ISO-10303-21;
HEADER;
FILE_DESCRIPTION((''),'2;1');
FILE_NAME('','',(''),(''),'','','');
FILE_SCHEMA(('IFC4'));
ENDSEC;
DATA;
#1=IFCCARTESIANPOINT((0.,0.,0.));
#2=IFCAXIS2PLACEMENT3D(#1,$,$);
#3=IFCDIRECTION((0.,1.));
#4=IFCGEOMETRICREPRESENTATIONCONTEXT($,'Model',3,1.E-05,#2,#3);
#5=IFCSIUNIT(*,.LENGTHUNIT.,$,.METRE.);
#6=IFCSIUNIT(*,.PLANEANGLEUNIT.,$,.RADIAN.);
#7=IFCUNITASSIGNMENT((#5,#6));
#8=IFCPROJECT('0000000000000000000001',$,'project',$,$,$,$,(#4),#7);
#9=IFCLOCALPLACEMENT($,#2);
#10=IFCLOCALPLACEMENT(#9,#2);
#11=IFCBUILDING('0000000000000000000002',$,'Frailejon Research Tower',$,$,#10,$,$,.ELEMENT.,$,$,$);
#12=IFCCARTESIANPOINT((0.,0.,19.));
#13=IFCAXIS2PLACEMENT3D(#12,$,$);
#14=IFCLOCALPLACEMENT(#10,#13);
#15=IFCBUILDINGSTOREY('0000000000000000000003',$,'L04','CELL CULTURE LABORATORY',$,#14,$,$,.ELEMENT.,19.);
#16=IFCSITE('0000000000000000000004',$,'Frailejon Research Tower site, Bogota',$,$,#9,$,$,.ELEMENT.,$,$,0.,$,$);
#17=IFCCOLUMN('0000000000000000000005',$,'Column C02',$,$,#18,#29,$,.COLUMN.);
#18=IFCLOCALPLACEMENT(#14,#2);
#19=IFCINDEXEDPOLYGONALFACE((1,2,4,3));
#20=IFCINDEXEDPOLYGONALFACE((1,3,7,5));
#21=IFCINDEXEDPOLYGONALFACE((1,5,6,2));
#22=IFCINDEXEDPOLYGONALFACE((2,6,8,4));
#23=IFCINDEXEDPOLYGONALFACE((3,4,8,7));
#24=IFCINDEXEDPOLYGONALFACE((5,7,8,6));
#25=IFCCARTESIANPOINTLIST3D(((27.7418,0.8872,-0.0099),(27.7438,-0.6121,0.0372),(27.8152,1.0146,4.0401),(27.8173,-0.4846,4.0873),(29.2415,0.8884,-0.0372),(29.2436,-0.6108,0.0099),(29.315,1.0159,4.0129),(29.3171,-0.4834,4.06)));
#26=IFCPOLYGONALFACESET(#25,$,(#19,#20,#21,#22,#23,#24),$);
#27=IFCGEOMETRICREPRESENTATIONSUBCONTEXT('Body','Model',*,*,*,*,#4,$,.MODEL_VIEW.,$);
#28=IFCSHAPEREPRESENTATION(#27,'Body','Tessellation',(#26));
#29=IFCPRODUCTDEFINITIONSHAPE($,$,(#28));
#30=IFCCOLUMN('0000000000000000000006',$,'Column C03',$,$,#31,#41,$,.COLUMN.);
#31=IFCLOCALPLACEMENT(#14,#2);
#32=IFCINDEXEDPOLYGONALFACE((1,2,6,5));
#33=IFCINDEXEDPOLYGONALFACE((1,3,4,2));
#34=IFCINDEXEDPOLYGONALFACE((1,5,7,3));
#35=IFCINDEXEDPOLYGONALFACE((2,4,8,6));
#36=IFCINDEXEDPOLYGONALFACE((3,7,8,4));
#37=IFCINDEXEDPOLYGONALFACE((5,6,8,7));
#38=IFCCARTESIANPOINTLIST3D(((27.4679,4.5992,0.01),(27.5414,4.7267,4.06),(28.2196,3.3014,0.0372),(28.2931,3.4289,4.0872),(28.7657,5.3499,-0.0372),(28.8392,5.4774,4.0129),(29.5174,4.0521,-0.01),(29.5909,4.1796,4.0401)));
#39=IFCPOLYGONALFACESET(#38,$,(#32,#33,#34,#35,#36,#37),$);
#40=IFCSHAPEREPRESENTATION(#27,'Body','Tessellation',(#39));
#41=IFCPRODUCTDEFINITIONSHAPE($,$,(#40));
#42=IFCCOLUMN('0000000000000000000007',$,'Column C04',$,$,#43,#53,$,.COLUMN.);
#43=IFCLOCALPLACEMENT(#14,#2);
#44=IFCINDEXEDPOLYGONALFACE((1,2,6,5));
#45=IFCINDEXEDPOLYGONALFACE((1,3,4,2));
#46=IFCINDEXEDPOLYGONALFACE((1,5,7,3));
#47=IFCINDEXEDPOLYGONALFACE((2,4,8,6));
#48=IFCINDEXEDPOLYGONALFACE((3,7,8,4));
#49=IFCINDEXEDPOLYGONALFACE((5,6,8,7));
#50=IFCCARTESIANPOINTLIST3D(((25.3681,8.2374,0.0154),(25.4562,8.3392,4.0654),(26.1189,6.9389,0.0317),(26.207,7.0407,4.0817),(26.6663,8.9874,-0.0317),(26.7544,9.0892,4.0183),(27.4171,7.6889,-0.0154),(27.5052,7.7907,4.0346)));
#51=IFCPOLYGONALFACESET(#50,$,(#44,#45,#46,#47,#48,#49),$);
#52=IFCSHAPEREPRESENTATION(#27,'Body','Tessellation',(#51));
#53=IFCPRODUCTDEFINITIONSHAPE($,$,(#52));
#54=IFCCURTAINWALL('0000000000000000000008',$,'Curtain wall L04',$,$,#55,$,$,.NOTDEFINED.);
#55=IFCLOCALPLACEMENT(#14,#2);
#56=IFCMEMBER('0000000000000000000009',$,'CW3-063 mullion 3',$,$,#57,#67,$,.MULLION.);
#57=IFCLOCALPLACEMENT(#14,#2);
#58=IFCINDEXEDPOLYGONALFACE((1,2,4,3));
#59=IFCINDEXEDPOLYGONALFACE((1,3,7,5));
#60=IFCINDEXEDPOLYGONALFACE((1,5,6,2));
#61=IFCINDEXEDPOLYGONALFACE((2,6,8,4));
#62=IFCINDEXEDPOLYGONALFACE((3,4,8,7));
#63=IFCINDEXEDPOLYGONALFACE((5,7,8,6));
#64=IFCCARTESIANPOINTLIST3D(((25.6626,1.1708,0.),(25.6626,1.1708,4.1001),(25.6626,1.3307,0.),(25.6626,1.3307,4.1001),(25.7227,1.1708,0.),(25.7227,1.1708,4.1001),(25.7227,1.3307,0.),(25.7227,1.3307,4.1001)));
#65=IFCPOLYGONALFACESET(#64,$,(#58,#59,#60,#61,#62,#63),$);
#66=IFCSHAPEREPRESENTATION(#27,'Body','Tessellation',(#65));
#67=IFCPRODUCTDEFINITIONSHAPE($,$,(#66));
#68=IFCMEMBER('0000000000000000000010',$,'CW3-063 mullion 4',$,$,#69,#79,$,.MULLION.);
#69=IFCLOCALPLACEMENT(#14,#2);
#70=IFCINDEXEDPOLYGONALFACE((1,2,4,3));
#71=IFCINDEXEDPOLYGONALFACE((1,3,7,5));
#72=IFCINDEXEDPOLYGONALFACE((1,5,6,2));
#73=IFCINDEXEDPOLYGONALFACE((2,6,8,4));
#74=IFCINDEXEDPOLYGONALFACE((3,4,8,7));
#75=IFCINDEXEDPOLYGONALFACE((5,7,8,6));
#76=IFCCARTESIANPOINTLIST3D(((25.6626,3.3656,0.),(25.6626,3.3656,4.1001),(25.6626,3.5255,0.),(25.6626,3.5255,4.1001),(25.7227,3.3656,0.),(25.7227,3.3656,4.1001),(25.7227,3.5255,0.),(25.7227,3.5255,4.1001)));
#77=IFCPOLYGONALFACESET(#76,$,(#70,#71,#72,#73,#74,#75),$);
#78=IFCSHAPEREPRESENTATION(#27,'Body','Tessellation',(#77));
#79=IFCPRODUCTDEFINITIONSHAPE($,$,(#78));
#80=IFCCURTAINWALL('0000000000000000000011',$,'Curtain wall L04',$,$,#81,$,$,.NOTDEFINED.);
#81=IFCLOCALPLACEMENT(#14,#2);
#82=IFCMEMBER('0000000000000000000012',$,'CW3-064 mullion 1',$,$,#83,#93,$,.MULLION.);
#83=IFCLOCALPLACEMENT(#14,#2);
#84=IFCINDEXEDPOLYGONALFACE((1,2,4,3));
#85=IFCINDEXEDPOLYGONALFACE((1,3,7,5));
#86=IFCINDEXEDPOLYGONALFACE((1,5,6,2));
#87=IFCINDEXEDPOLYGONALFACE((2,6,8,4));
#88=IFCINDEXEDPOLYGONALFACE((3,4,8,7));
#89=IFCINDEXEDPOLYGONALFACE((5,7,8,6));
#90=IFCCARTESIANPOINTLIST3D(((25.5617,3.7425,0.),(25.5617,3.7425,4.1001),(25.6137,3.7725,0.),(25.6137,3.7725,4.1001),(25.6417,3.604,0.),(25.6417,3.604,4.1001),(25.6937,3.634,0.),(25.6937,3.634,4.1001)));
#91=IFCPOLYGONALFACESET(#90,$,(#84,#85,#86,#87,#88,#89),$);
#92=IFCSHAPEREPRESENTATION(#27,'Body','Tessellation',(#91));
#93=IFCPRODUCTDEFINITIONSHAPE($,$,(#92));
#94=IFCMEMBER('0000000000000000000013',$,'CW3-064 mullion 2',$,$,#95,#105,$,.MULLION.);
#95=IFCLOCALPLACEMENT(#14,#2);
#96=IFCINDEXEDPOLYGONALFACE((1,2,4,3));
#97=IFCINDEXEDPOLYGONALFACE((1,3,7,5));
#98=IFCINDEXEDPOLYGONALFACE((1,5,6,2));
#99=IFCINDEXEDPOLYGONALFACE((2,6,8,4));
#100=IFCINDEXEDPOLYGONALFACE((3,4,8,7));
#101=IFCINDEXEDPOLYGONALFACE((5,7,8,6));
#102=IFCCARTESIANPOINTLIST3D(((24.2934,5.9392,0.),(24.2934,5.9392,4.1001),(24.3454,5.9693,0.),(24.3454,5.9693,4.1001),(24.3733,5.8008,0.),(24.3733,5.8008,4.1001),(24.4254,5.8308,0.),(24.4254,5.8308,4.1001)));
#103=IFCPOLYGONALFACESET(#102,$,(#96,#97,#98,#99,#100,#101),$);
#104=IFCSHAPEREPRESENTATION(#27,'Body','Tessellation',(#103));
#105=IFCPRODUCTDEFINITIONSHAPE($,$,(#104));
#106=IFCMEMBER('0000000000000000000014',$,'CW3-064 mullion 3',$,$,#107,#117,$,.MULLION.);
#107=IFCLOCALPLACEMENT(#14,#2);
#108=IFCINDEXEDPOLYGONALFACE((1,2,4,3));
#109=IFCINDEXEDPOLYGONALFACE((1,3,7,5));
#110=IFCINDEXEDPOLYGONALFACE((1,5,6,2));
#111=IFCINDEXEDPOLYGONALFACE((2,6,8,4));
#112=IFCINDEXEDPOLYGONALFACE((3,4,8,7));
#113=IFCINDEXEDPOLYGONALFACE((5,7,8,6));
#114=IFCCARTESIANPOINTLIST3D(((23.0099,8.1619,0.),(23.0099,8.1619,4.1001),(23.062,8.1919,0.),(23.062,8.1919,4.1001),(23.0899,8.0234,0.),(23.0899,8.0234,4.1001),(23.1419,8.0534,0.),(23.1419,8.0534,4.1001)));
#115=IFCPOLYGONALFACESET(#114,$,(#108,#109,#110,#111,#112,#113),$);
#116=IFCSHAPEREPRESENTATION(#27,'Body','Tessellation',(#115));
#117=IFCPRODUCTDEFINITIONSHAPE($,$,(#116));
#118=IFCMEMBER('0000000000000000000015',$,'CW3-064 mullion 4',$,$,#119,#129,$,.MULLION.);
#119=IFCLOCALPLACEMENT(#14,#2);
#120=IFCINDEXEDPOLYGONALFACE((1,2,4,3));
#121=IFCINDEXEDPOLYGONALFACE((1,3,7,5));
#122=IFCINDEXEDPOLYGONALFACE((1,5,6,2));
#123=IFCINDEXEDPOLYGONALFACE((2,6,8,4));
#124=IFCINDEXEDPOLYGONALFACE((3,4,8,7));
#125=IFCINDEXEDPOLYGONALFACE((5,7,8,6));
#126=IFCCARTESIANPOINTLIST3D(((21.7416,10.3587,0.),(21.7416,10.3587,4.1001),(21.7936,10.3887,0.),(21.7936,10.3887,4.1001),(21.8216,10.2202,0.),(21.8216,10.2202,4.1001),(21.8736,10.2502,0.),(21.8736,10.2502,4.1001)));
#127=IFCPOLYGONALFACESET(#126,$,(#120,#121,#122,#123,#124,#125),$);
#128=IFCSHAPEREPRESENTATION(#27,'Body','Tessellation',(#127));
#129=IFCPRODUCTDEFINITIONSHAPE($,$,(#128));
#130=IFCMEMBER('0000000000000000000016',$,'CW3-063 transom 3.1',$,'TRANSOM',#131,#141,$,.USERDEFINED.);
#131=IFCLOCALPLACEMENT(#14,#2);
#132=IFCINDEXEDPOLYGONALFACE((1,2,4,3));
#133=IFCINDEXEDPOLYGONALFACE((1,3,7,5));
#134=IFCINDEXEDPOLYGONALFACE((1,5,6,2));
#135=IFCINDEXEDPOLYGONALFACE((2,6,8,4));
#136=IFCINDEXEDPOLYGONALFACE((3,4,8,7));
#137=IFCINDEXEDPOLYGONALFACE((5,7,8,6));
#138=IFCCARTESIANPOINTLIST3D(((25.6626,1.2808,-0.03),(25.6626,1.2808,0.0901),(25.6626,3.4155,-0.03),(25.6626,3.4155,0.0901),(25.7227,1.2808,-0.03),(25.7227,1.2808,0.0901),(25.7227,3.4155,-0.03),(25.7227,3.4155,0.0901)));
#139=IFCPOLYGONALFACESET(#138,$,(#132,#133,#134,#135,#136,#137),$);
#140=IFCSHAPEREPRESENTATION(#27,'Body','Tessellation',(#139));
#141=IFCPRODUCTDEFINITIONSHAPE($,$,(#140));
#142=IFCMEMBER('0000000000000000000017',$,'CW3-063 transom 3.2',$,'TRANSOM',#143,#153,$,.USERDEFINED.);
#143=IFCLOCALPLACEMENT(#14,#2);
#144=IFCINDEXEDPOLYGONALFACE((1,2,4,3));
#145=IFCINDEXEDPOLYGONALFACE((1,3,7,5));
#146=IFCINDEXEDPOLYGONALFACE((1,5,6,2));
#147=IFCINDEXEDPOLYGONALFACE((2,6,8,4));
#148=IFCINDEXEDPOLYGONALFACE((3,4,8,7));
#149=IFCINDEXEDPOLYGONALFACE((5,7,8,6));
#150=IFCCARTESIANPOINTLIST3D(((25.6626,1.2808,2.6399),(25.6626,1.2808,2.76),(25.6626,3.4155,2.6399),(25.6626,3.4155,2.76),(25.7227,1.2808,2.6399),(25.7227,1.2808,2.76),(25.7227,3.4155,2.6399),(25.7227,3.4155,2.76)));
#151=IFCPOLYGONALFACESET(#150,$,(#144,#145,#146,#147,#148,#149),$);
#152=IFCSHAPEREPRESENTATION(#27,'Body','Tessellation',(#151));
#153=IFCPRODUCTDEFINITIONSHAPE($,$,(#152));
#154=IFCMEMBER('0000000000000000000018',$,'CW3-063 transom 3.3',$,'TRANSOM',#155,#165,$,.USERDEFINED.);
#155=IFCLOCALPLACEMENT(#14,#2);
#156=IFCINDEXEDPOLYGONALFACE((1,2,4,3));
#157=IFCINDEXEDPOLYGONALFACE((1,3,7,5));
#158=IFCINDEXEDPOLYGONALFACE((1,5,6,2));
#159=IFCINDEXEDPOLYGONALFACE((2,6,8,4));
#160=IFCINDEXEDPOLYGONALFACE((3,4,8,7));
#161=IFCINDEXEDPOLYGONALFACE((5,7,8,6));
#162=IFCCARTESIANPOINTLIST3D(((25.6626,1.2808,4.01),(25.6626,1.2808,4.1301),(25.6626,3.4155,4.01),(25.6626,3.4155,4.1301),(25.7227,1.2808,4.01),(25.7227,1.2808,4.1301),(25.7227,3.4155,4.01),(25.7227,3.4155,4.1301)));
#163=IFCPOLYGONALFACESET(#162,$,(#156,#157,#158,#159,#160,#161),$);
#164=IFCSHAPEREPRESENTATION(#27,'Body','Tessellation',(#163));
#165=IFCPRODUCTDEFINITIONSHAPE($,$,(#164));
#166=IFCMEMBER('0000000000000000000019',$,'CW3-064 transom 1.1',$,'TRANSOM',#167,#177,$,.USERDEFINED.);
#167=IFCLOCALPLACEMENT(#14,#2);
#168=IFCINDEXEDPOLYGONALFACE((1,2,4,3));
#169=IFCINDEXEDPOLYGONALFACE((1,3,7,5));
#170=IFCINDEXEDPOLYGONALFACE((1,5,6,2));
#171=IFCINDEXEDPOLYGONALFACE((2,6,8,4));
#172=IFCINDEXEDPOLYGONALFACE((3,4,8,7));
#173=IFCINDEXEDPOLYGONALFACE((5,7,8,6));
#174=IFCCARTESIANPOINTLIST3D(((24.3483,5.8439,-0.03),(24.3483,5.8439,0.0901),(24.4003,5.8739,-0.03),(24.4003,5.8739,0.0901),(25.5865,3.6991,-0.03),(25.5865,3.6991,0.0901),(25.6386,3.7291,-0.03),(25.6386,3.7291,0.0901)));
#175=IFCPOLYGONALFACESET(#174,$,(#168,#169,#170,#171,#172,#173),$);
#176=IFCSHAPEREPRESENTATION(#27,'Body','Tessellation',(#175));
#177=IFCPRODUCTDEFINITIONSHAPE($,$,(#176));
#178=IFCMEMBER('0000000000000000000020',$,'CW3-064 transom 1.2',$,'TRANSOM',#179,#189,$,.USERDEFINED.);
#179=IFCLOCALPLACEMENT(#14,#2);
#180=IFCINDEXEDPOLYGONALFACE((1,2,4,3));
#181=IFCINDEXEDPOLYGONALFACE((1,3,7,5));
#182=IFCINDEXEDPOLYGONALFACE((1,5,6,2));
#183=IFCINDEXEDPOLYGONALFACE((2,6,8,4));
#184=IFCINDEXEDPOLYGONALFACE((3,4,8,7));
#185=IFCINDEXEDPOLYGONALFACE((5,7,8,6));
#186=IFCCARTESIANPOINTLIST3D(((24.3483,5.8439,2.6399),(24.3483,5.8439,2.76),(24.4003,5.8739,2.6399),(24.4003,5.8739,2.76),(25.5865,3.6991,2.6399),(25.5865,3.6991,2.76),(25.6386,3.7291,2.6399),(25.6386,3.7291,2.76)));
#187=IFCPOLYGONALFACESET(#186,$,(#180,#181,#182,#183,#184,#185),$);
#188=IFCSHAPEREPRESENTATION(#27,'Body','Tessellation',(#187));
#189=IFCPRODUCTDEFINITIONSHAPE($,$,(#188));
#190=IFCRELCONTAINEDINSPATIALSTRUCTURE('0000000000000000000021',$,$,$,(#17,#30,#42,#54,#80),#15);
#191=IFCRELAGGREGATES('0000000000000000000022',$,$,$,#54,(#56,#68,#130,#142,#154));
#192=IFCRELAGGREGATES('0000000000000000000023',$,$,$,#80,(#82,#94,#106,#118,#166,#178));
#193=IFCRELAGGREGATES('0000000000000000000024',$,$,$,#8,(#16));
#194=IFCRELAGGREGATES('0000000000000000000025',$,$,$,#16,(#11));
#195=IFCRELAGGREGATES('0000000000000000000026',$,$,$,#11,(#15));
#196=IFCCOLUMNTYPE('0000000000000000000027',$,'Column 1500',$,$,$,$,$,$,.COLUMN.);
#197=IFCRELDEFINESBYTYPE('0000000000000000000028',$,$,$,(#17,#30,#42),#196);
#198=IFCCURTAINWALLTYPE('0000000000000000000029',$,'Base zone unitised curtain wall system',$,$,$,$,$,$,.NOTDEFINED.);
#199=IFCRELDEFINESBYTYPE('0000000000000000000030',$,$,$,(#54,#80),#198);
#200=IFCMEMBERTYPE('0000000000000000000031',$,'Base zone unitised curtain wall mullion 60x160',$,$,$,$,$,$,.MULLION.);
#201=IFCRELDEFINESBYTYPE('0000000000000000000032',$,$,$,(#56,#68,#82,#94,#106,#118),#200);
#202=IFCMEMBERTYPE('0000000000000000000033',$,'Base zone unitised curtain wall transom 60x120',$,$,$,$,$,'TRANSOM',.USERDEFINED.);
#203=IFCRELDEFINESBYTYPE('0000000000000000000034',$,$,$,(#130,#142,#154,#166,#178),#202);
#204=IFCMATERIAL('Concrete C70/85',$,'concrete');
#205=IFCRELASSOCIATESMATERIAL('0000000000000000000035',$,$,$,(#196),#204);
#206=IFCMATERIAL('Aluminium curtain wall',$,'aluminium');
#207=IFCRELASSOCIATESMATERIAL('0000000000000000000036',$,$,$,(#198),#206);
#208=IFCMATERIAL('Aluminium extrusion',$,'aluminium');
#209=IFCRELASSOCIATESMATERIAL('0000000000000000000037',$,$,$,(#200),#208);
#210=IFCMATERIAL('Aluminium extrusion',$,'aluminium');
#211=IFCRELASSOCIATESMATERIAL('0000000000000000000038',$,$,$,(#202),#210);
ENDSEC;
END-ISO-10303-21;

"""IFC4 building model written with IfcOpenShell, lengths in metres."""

from ifc_helpers import new_model, si_unit, direction, frame, origin, origin_2d, place, context, subcontext, project, spatial, rectangle, extrude, material, material_profile, profile_set, type_object, element, aggregate, save


model = new_model("IFC4")

# Units and contexts
model_context = context("Model", 3, precision=1e-05, world=origin(), true_north=direction((0.0, 1.0)))
body_context = subcontext(model_context, "Body", "Model", "MODEL_VIEW")
ifc_project = project(units=[si_unit("LENGTHUNIT", "METRE"), si_unit("PLANEANGLEUNIT", "RADIAN")], contexts=[model_context])

# Site, building, storey
site_placement = place(None, origin())
site = spatial("IfcSite", under=ifc_project, at=site_placement, Name="Frailejon Research Tower site, Bogota", CompositionType="ELEMENT", RefElevation=0.0)
building_placement = place(site_placement, origin())
building = spatial("IfcBuilding", under=site, at=building_placement, Name="Frailejon Research Tower", CompositionType="ELEMENT")
storey_placement = place(building_placement, frame((0.0, 0.0, 19.0)))
storey = spatial("IfcBuildingStorey", under=building, at=storey_placement, Name="L04", Description="CELL CULTURE LABORATORY", CompositionType="ELEMENT", Elevation=19.0)

# Columns
ifc_material_1 = material(Name="Concrete C70/85", Category="concrete")
ifc_material_profile_1 = material_profile(ifc_material_1, rectangle(XDim=1.5, YDim=1.5, at=origin_2d()), Name="Column 1500")
ifc_profile_set_1 = profile_set([ifc_material_profile_1], Name="Concrete C70/85")
column_type = type_object("IfcColumnType", Name="Column 1500", PredefinedType="COLUMN", material=ifc_profile_set_1)
for number, where, z_axis, x_axis, name in (
    (1, (28.4927, 0.1382, 0.0), (0.018133, 0.031446, 0.999341), (-0.001396, 0.999505, -0.031426), "Column C02"),
    (2, (28.4927, 4.3257, 0.0), (0.018133, 0.031446, 0.999341), (-0.501126, 0.865184, -0.018132), "Column C03"),
):
    element("IfcColumn", number, at=place(storey_placement, frame(where, z_axis=z_axis, x_axis=x_axis)), inside=storey, type_object=column_type, Name=name, PredefinedType="COLUMN", context=body_context, shape_type="SweptSolid", body=[
        extrude(rectangle(XDim=1.5, YDim=1.5, at=origin_2d()), origin(), (0.0, 0.0, 1.0), 4.0527),
    ])
column_placement = place(storey_placement, frame((26.3926, 7.9631, 0.0), z_axis=(0.021749, 0.025123, 0.999448), x_axis=(-0.500502, 0.865667, -0.010869)))
element("IfcColumn", 3, at=column_placement, inside=storey, type_object=column_type, Name="Column C04", PredefinedType="COLUMN", context=body_context, shape_type="SweptSolid", body=[
    extrude(rectangle(XDim=1.5, YDim=1.5, at=origin_2d()), origin(), (0.0, 0.0, 1.0), 4.0522),
])

# Curtain walls, members
ifc_material_2 = material(Name="Aluminium curtain wall", Category="aluminium")
curtain_wall_type = type_object("IfcCurtainWallType", Name="Base zone unitised curtain wall system", PredefinedType="NOTDEFINED", material=ifc_material_2)
curtain_wall_1_placement = place(storey_placement, origin())
curtain_wall_1 = element("IfcCurtainWall", 4, at=curtain_wall_1_placement, inside=storey, type_object=curtain_wall_type, Name="Curtain wall L04", PredefinedType="NOTDEFINED")
ifc_material_3 = material(Name="Aluminium extrusion", Category="aluminium")
ifc_material_profile_2 = material_profile(ifc_material_3, rectangle(XDim=0.0601, YDim=0.1599, at=origin_2d()), Name="Base zone unitised curtain wall mullion 60x160")
ifc_profile_set_2 = profile_set([ifc_material_profile_2], Name="Aluminium extrusion")
member_type_1 = type_object("IfcMemberType", Name="Base zone unitised curtain wall mullion 60x160", PredefinedType="MULLION", material=ifc_profile_set_2)
member_1_placement = place(storey_placement, frame((25.6926, 1.2507, 0.0), z_axis=(0.0, 0.0, 1.0), x_axis=(-1.0, 0.0, 0.0)))
member_1 = element("IfcMember", 5, at=member_1_placement, type_object=member_type_1, Name="CW3-063 mullion 3", PredefinedType="MULLION", context=body_context, shape_type="SweptSolid", body=[
    extrude(rectangle(XDim=0.0601, YDim=0.1599, at=origin_2d()), origin(), (0.0, 0.0, 1.0), 4.1001),
])
member_2_placement = place(storey_placement, frame((25.6926, 3.4456, 0.0), z_axis=(0.0, 0.0, 1.0), x_axis=(-1.0, 0.0, 0.0)))
member_2 = element("IfcMember", 6, at=member_2_placement, type_object=member_type_1, Name="CW3-063 mullion 4", PredefinedType="MULLION", context=body_context, shape_type="SweptSolid", body=[
    extrude(rectangle(XDim=0.0601, YDim=0.1599, at=origin_2d()), origin(), (0.0, 0.0, 1.0), 4.1001),
])
curtain_wall_2_placement = place(storey_placement, origin())
curtain_wall_2 = element("IfcCurtainWall", 7, at=curtain_wall_2_placement, inside=storey, type_object=curtain_wall_type, Name="Curtain wall L04", PredefinedType="NOTDEFINED")
member_3_placement = place(storey_placement, frame((25.6277, 3.6882, 0.0), z_axis=(0.0, 0.0, 1.0), x_axis=(-0.866025, -0.500001, 0.0)))
member_3 = element("IfcMember", 8, at=member_3_placement, type_object=member_type_1, Name="CW3-064 mullion 1", PredefinedType="MULLION", context=body_context, shape_type="SweptSolid", body=[
    extrude(rectangle(XDim=0.0601, YDim=0.1599, at=origin_2d()), origin(), (0.0, 0.0, 1.0), 4.1001),
])
member_4_placement = place(storey_placement, frame((24.3594, 5.885, 0.0), z_axis=(0.0, 0.0, 1.0), x_axis=(-0.866025, -0.500001, 0.0)))
member_4 = element("IfcMember", 9, at=member_4_placement, type_object=member_type_1, Name="CW3-064 mullion 2", PredefinedType="MULLION", context=body_context, shape_type="SweptSolid", body=[
    extrude(rectangle(XDim=0.0601, YDim=0.1599, at=origin_2d()), origin(), (0.0, 0.0, 1.0), 4.1001),
])
member_5_placement = place(storey_placement, frame((23.0759, 8.1077, 0.0), z_axis=(0.0, 0.0, 1.0), x_axis=(-0.866025, -0.500001, 0.0)))
member_5 = element("IfcMember", 10, at=member_5_placement, type_object=member_type_1, Name="CW3-064 mullion 3", PredefinedType="MULLION", context=body_context, shape_type="SweptSolid", body=[
    extrude(rectangle(XDim=0.0601, YDim=0.1599, at=origin_2d()), origin(), (0.0, 0.0, 1.0), 4.1001),
])
member_6_placement = place(storey_placement, frame((21.8076, 10.3044, 0.0), z_axis=(0.0, 0.0, 1.0), x_axis=(-0.866025, -0.500001, 0.0)))
member_6 = element("IfcMember", 11, at=member_6_placement, type_object=member_type_1, Name="CW3-064 mullion 4", PredefinedType="MULLION", context=body_context, shape_type="SweptSolid", body=[
    extrude(rectangle(XDim=0.0601, YDim=0.1599, at=origin_2d()), origin(), (0.0, 0.0, 1.0), 4.1001),
])

# Members
ifc_material_4 = material(Name="Aluminium extrusion", Category="aluminium")
ifc_material_profile_3 = material_profile(ifc_material_4, rectangle(XDim=0.0601, YDim=0.1201, at=origin_2d()), Name="Base zone unitised curtain wall transom 60x120")
ifc_profile_set_3 = profile_set([ifc_material_profile_3], Name="Aluminium extrusion")
member_type_2 = type_object("IfcMemberType", Name="Base zone unitised curtain wall transom 60x120", ElementType="TRANSOM", PredefinedType="USERDEFINED", material=ifc_profile_set_3)
member_7_placement = place(storey_placement, frame((25.6926, 1.2808, 0.03), z_axis=(0.0, 1.0, 0.0), x_axis=(-1.0, 0.0, 0.0)))
member_7 = element("IfcMember", 12, at=member_7_placement, type_object=member_type_2, Name="CW3-063 transom 3.1", ObjectType="TRANSOM", PredefinedType="USERDEFINED", context=body_context, shape_type="SweptSolid", body=[
    extrude(rectangle(XDim=0.0601, YDim=0.1201, at=origin_2d()), origin(), (0.0, 0.0, 1.0), 2.1348),
])
member_8_placement = place(storey_placement, frame((25.6926, 1.2808, 2.7), z_axis=(0.0, 1.0, 0.0), x_axis=(-1.0, 0.0, 0.0)))
member_8 = element("IfcMember", 13, at=member_8_placement, type_object=member_type_2, Name="CW3-063 transom 3.2", ObjectType="TRANSOM", PredefinedType="USERDEFINED", context=body_context, shape_type="SweptSolid", body=[
    extrude(rectangle(XDim=0.0601, YDim=0.1201, at=origin_2d()), origin(), (0.0, 0.0, 1.0), 2.1348),
])
member_9_placement = place(storey_placement, frame((25.6926, 1.2808, 4.0701), z_axis=(0.0, 1.0, 0.0), x_axis=(-1.0, 0.0, 0.0)))
member_9 = element("IfcMember", 14, at=member_9_placement, type_object=member_type_2, Name="CW3-063 transom 3.3", ObjectType="TRANSOM", PredefinedType="USERDEFINED", context=body_context, shape_type="SweptSolid", body=[
    extrude(rectangle(XDim=0.0601, YDim=0.1201, at=origin_2d()), origin(), (0.0, 0.0, 1.0), 2.1348),
])
member_10_placement = place(storey_placement, frame((25.6125, 3.7141, 0.03), z_axis=(-0.499998, 0.866026, 0.0), x_axis=(-0.866026, -0.499998, 0.0)))
member_10 = element("IfcMember", 15, at=member_10_placement, type_object=member_type_2, Name="CW3-064 transom 1.1", ObjectType="TRANSOM", PredefinedType="USERDEFINED", context=body_context, shape_type="SweptSolid", body=[
    extrude(rectangle(XDim=0.0601, YDim=0.1201, at=origin_2d()), origin(), (0.0, 0.0, 1.0), 2.4766),
])
member_11_placement = place(storey_placement, frame((25.6125, 3.7141, 2.7), z_axis=(-0.499998, 0.866026, 0.0), x_axis=(-0.866026, -0.499998, 0.0)))
member_11 = element("IfcMember", 16, at=member_11_placement, type_object=member_type_2, Name="CW3-064 transom 1.2", ObjectType="TRANSOM", PredefinedType="USERDEFINED", context=body_context, shape_type="SweptSolid", body=[
    extrude(rectangle(XDim=0.0601, YDim=0.1201, at=origin_2d()), origin(), (0.0, 0.0, 1.0), 2.4766),
])

aggregate(curtain_wall_1, [member_1, member_2, member_7, member_8, member_9])
aggregate(curtain_wall_2, [member_3, member_4, member_5, member_6, member_10, member_11])

save(model, "model.ifc")
